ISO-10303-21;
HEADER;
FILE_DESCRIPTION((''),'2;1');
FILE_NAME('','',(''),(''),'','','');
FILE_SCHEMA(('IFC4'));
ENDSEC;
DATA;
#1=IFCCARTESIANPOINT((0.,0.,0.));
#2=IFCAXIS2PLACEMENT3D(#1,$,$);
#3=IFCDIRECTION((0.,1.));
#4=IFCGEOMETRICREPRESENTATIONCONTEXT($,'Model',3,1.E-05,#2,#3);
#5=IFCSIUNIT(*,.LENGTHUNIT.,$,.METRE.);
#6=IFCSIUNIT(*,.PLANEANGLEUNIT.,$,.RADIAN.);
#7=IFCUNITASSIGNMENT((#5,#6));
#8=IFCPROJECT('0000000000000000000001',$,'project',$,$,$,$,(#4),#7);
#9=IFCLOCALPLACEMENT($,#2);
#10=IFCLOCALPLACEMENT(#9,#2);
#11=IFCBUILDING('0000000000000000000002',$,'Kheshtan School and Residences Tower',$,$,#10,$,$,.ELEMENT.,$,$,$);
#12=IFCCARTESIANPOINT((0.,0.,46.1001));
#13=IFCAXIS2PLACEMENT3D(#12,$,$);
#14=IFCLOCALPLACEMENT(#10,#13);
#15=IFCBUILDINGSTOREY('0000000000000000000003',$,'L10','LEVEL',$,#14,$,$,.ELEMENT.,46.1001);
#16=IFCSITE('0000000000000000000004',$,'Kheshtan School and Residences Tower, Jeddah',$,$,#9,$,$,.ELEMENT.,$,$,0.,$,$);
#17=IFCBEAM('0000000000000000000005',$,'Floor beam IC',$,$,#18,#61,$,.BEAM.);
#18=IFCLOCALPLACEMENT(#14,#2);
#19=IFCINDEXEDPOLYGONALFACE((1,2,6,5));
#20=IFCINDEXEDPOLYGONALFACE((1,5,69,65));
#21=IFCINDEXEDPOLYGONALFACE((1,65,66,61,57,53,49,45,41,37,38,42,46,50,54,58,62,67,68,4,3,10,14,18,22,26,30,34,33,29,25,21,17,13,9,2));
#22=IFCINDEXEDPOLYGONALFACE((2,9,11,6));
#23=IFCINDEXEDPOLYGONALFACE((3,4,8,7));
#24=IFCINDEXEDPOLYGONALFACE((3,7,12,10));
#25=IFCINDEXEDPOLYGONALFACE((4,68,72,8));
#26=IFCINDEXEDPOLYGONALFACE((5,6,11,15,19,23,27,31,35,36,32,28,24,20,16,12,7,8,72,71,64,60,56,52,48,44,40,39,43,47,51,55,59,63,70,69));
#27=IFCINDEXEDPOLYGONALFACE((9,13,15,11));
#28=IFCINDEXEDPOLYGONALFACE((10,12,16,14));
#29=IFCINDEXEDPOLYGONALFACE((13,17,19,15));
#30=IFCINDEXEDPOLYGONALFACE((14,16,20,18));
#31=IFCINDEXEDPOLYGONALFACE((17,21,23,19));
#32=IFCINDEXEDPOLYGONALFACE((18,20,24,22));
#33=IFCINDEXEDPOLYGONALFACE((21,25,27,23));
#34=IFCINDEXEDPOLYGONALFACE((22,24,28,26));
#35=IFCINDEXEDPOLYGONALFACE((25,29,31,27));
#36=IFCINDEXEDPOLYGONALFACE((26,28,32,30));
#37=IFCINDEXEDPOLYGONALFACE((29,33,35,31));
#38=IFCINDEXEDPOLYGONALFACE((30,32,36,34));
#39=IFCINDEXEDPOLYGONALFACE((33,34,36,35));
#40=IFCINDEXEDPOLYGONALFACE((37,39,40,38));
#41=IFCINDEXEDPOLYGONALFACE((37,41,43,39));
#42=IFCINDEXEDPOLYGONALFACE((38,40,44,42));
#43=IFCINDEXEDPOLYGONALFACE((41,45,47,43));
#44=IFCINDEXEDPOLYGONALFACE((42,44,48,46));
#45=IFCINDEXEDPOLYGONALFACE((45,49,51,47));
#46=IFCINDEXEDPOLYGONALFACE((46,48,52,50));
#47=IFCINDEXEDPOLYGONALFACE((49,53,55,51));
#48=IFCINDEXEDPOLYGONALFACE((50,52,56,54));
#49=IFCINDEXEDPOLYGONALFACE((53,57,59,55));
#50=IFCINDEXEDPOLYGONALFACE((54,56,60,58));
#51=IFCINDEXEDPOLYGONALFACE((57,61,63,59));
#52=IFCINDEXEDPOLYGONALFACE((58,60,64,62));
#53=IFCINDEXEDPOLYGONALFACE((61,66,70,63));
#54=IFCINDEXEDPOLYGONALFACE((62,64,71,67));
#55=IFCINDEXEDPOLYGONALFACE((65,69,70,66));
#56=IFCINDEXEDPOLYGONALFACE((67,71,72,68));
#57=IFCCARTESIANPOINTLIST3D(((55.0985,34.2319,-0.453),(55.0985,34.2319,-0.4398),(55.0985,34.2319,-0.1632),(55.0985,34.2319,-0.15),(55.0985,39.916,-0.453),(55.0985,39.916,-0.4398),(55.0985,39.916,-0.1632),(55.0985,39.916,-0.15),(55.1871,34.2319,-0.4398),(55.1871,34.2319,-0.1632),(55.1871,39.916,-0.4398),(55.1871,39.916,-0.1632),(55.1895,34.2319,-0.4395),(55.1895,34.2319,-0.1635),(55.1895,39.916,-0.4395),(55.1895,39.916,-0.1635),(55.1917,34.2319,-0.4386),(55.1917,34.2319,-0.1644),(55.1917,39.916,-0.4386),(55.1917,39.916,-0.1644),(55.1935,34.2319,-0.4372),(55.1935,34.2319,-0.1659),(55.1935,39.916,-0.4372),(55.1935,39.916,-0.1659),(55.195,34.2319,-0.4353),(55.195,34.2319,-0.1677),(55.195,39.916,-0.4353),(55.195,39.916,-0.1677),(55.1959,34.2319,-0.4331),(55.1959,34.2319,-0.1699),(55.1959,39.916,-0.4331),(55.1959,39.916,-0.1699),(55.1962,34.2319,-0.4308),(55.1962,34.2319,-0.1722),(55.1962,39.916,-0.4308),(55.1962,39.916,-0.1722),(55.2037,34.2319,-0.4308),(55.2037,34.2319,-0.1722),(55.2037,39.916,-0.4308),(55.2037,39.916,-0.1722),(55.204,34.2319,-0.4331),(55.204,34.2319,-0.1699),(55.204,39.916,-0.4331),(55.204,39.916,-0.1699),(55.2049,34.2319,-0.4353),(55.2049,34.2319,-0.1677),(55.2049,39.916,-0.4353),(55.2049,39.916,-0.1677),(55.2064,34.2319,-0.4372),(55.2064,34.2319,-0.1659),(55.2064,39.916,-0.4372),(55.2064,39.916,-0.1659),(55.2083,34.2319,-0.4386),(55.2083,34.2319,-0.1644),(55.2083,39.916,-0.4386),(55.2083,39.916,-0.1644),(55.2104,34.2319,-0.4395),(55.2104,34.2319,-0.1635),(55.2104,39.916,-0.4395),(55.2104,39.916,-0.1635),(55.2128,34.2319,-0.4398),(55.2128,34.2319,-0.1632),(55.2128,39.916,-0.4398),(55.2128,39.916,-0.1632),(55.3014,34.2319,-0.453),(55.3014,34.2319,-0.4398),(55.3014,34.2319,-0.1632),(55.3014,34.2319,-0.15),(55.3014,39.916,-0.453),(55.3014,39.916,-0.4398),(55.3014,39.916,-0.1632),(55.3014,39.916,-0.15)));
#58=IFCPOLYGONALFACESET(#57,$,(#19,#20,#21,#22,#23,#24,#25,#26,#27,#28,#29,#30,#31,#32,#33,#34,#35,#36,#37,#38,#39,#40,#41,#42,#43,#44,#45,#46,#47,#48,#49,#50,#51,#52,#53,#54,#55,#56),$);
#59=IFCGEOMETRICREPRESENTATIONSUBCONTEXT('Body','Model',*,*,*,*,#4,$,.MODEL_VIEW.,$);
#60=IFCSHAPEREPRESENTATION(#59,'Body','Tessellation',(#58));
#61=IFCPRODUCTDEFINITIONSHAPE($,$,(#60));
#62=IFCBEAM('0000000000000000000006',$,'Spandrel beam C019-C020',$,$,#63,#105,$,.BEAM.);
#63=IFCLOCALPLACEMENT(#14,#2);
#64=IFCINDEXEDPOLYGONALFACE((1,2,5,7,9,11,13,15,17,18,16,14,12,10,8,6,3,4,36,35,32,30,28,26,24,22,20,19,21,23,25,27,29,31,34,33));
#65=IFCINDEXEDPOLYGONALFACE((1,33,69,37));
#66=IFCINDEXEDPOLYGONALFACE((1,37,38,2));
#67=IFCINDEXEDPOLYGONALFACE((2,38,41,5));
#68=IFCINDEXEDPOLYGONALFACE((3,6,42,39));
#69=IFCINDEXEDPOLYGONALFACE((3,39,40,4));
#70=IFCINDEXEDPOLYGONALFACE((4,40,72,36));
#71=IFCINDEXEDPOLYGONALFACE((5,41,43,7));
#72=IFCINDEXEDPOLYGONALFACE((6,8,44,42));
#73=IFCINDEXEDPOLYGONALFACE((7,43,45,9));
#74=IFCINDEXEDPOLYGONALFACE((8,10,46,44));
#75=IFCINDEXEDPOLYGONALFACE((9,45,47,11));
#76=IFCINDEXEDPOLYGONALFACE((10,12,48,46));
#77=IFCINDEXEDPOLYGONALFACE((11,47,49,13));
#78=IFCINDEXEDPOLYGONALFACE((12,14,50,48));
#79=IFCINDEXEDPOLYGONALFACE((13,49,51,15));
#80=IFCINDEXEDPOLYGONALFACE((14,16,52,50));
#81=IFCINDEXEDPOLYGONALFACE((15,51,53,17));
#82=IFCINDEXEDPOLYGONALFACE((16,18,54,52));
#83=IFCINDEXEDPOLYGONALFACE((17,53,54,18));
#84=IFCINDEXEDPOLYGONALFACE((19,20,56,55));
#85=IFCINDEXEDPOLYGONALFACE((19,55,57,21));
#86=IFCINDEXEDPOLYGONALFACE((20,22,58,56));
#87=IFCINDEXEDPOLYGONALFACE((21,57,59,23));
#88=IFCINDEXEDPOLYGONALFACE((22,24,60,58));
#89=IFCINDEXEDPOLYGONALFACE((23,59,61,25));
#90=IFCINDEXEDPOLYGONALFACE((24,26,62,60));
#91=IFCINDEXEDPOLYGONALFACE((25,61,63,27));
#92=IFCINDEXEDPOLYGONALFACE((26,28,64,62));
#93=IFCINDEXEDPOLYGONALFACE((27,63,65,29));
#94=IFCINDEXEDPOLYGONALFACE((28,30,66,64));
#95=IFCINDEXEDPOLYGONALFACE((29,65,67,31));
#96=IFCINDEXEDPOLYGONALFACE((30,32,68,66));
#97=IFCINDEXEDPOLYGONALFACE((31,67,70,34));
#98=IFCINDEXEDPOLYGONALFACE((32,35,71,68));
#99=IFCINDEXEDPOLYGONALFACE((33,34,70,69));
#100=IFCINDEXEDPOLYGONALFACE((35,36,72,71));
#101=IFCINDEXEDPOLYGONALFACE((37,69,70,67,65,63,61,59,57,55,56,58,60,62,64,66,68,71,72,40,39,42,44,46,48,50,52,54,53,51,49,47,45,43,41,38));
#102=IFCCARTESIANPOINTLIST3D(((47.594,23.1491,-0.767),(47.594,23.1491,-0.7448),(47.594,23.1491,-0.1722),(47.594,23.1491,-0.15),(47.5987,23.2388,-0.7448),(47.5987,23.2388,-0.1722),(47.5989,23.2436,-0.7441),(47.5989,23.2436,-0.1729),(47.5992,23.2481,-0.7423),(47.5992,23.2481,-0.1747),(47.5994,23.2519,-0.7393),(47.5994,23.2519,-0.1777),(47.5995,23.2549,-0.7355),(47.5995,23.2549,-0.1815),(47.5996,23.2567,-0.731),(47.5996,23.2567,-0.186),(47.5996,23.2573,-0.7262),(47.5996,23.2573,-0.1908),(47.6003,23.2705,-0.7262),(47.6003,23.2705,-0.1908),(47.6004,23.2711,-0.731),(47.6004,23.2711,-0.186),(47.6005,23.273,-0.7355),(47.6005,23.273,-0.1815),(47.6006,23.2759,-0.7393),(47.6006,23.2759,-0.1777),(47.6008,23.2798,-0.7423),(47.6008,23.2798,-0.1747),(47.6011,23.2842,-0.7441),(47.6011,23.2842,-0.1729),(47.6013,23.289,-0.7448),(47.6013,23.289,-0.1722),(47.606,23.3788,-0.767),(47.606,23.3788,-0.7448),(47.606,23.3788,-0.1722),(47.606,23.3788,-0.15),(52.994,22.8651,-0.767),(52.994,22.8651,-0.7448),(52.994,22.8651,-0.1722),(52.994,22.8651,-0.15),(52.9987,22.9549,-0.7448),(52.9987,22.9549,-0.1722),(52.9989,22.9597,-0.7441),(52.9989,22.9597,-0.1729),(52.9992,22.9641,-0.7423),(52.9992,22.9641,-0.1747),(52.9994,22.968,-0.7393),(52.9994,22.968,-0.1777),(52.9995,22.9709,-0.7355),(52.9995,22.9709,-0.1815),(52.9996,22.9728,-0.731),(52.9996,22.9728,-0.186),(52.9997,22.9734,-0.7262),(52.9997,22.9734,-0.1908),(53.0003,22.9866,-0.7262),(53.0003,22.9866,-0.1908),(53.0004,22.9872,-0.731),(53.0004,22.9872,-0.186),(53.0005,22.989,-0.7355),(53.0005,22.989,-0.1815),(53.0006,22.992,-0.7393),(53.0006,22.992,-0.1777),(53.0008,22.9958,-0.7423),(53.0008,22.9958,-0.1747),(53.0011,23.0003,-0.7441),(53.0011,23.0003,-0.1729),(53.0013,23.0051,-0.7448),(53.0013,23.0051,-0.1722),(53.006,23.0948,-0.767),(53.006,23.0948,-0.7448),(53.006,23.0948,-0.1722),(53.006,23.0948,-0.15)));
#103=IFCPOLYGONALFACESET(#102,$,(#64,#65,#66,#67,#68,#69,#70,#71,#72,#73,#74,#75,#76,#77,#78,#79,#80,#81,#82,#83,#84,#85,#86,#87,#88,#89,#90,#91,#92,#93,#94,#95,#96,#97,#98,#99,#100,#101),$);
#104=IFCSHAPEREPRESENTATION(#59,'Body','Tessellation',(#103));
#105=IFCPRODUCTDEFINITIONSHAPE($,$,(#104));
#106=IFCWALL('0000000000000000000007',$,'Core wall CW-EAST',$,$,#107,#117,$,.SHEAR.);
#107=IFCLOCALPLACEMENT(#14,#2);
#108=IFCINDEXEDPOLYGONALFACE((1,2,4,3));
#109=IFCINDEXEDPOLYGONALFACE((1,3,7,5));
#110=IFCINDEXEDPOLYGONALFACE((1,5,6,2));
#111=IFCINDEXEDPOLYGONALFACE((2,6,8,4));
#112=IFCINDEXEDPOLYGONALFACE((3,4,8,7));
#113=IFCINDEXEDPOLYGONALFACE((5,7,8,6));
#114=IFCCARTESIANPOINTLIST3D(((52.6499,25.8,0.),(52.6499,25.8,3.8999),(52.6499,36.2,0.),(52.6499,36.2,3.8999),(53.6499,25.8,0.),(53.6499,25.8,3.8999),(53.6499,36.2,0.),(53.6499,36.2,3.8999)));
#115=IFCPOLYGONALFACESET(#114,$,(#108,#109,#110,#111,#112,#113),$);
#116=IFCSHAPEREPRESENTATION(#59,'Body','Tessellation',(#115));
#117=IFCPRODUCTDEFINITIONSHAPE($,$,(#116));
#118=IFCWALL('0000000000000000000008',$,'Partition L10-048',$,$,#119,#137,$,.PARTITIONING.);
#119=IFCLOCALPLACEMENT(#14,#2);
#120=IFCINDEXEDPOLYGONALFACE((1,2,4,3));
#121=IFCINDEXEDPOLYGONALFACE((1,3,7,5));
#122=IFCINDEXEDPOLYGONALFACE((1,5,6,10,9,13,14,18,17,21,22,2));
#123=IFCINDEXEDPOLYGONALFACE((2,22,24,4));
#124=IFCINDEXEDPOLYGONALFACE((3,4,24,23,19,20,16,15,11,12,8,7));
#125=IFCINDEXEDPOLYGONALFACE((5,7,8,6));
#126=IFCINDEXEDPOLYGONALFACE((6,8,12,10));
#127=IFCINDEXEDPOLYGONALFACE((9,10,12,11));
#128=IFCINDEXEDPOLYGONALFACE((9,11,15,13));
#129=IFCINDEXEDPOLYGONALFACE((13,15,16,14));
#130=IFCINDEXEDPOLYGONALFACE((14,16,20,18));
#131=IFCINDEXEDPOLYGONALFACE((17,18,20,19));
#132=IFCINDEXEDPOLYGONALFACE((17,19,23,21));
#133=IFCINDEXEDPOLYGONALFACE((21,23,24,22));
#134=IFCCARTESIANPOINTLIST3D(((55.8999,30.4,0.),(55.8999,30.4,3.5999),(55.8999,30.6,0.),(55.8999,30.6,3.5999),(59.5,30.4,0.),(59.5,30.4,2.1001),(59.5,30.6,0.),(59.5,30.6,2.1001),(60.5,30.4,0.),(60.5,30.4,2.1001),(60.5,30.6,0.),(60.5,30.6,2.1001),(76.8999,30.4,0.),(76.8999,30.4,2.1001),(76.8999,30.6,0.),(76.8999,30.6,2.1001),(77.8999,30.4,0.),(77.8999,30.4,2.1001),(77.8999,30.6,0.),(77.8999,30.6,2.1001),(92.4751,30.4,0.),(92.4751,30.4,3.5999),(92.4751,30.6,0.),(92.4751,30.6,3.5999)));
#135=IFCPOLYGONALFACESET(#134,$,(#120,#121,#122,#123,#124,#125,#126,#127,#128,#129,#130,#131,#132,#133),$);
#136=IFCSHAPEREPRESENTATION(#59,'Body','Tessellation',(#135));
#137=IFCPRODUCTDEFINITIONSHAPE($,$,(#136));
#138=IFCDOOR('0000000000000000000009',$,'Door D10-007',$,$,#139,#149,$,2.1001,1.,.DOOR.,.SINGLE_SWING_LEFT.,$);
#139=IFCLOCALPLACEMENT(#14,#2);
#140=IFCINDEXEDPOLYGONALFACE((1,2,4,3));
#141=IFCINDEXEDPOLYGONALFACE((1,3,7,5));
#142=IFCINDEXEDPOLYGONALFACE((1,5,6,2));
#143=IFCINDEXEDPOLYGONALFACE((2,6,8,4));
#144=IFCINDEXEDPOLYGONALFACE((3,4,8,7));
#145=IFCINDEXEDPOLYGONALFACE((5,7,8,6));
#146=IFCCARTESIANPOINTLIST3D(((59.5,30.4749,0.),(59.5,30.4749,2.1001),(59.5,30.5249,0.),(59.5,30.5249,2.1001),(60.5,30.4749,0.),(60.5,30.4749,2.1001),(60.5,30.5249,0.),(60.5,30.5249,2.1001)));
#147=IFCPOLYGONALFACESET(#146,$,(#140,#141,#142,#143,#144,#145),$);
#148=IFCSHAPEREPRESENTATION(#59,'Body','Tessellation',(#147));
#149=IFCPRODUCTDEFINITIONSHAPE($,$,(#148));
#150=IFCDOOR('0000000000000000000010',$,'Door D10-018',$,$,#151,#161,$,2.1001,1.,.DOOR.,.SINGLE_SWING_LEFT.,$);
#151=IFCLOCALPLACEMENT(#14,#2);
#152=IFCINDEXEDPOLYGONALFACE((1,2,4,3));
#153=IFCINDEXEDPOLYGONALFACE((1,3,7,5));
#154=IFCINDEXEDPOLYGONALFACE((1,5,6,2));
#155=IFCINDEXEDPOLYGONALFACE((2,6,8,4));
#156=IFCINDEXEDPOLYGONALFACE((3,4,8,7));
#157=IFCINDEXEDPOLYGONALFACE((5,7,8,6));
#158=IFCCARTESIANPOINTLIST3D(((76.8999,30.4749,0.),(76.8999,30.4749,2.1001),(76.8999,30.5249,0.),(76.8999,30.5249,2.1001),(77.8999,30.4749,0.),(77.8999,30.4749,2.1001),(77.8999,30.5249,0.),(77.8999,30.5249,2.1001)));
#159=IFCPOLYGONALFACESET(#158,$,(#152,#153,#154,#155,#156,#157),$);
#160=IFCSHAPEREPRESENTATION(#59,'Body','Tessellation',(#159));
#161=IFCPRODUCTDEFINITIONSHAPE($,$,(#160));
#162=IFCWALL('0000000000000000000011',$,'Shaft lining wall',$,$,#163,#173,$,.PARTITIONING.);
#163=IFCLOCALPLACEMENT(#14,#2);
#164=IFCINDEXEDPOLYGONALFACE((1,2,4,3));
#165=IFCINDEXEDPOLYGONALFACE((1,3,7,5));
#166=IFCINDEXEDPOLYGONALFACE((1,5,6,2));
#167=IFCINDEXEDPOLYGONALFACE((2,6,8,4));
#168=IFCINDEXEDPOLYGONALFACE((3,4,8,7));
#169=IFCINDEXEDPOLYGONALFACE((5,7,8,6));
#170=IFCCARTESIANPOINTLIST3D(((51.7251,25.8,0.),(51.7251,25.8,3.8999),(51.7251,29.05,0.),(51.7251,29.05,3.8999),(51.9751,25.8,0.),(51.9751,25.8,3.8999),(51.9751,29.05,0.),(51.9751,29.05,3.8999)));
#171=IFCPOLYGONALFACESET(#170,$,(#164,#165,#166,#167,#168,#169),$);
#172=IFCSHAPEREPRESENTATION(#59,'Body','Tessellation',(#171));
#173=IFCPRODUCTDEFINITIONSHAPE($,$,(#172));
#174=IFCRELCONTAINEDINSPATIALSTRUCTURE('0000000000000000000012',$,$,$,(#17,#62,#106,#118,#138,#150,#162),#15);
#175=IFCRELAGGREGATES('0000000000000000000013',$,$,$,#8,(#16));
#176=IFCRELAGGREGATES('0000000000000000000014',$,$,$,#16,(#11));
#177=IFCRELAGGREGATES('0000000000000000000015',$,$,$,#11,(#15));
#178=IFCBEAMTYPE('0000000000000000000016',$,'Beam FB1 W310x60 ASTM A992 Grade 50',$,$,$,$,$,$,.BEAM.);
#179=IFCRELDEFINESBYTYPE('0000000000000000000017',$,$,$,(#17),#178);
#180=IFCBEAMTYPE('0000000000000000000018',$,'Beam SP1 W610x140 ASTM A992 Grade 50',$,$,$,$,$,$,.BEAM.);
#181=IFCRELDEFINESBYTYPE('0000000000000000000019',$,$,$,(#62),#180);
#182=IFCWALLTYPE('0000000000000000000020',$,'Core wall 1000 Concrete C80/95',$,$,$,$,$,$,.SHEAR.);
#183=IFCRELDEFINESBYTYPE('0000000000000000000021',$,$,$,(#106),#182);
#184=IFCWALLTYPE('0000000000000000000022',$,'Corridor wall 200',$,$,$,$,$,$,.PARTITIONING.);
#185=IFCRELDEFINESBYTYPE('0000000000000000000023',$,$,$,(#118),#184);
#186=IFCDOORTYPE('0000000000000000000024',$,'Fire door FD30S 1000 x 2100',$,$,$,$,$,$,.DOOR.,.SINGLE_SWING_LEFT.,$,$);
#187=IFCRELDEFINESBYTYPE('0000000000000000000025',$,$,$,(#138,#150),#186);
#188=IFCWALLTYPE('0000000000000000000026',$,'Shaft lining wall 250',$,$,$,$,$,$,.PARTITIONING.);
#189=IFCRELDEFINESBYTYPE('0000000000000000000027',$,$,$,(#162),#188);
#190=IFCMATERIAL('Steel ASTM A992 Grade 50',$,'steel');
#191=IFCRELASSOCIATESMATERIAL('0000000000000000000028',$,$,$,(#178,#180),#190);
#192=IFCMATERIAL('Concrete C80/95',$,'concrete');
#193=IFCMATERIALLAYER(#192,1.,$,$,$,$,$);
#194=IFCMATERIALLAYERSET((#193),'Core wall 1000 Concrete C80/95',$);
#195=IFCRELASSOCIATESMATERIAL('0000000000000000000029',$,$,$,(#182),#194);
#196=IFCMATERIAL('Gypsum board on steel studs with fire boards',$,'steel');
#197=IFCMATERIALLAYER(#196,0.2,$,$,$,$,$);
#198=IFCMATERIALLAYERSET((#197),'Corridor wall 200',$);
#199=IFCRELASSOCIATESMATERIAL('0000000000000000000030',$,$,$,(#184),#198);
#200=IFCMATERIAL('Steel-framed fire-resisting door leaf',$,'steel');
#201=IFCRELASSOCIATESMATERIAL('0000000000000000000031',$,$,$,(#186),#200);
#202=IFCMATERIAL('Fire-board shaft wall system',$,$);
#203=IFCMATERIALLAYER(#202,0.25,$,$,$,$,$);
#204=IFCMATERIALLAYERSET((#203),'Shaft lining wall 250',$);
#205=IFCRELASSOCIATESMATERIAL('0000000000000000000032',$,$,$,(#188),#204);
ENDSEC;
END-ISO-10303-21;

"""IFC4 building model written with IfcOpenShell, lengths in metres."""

from ifc_helpers import new_model, si_unit, direction, frame, frame_2d, origin, origin_2d, place, context, subcontext, project, spatial, rectangle, i_section, extrude, source, transform, mapped, material, layer, layer_set, material_profile, profile_set, type_object, element, fill, save


model = new_model("IFC4")

# Units and contexts
model_context = context("Model", 3, precision=1e-05, world=origin(), true_north=direction((0.0, 1.0)))
body_context = subcontext(model_context, "Body", "Model", "MODEL_VIEW")
ifc_project = project(units=[si_unit("LENGTHUNIT", "METRE"), si_unit("PLANEANGLEUNIT", "RADIAN")], contexts=[model_context])

# Site, building, storey
site_placement = place(None, origin())
site = spatial("IfcSite", under=ifc_project, at=site_placement, Name="Kheshtan School and Residences Tower, Jeddah", CompositionType="ELEMENT", RefElevation=0.0)
building_placement = place(site_placement, origin())
building = spatial("IfcBuilding", under=site, at=building_placement, Name="Kheshtan School and Residences Tower", CompositionType="ELEMENT")
storey_placement = place(building_placement, frame((0.0, 0.0, 46.1001)))
storey = spatial("IfcBuildingStorey", under=building, at=storey_placement, Name="L10", Description="LEVEL", CompositionType="ELEMENT", Elevation=46.1001)

# Shared definitions
ifc_material_1 = material(Name="Steel ASTM A992 Grade 50", Category="steel")

# Beams
ifc_material_profile_1 = material_profile(ifc_material_1, i_section(OverallWidth=0.2029, OverallDepth=0.303, WebThickness=0.0076, FlangeThickness=0.0132, FilletRadius=0.009, at=origin_2d()), Name="W310x60")
ifc_profile_set_1 = profile_set([ifc_material_profile_1], Name="Steel ASTM A992 Grade 50")
beam_type_1 = type_object("IfcBeamType", Name="Beam FB1 W310x60 ASTM A992 Grade 50", PredefinedType="BEAM", material=ifc_profile_set_1)
beam_1_placement = place(storey_placement, frame((55.2, 34.2319, -0.3015), z_axis=(0.0, 1.0, 0.0), x_axis=(-1.0, 0.0, 0.0)))
element("IfcBeam", 1, at=beam_1_placement, inside=storey, type_object=beam_type_1, Name="Floor beam IC", PredefinedType="BEAM", context=body_context, shape_type="SweptSolid", body=[
    extrude(i_section(OverallWidth=0.2029, OverallDepth=0.303, WebThickness=0.0076, FlangeThickness=0.0132, FilletRadius=0.009, at=origin_2d()), origin(), (0.0, 0.0, 1.0), 5.6841),
])
ifc_material_profile_2 = material_profile(ifc_material_1, i_section(OverallWidth=0.23, OverallDepth=0.6169, WebThickness=0.0132, FlangeThickness=0.0222, FilletRadius=0.0186, at=origin_2d()), Name="W610x140")
ifc_profile_set_2 = profile_set([ifc_material_profile_2], Name="Steel ASTM A992 Grade 50")
beam_type_2 = type_object("IfcBeamType", Name="Beam SP1 W610x140 ASTM A992 Grade 50", PredefinedType="BEAM", material=ifc_profile_set_2)
beam_2_placement = place(storey_placement, frame((53.0, 22.98, -0.4585), z_axis=(-0.99862, 0.052509, 0.0), x_axis=(-0.052509, -0.99862, 0.0)))
element("IfcBeam", 2, at=beam_2_placement, inside=storey, type_object=beam_type_2, Name="Spandrel beam C019-C020", PredefinedType="BEAM", context=body_context, shape_type="SweptSolid", body=[
    extrude(i_section(OverallWidth=0.23, OverallDepth=0.6169, WebThickness=0.0132, FlangeThickness=0.0222, FilletRadius=0.0186, at=origin_2d()), origin(), (0.0, 0.0, 1.0), 5.4075),
])

# Wall
ifc_material_2 = material(Name="Concrete C80/95", Category="concrete")
ifc_layer_1 = layer(ifc_material_2, 1.0)
ifc_layer_set_1 = layer_set([ifc_layer_1], Name="Core wall 1000 Concrete C80/95")
wall_type_1 = type_object("IfcWallType", Name="Core wall 1000 Concrete C80/95", PredefinedType="SHEAR", material=ifc_layer_set_1)
wall_1_placement = place(storey_placement, frame((53.1499, 25.8, 0.0), z_axis=(0.0, 0.0, 1.0), x_axis=(0.0, 1.0, 0.0)))
element("IfcWall", 3, at=wall_1_placement, inside=storey, type_object=wall_type_1, Name="Core wall CW-EAST", PredefinedType="SHEAR", context=body_context, shape_type="SweptSolid", body=[
    extrude(rectangle(XDim=10.3999, YDim=1.0, at=frame_2d((5.2, 0.0))), origin(), (0.0, 0.0, 1.0), 3.8999),
])

# Wall, openings, doors
ifc_material_3 = material(Name="Gypsum board on steel studs with fire boards", Category="steel")
ifc_layer_2 = layer(ifc_material_3, 0.2)
ifc_layer_set_2 = layer_set([ifc_layer_2], Name="Corridor wall 200")
wall_type_2 = type_object("IfcWallType", Name="Corridor wall 200", PredefinedType="PARTITIONING", material=ifc_layer_set_2)
wall_2_placement = place(storey_placement, frame((55.8999, 30.5, 0.0), z_axis=(0.0, 0.0, 1.0), x_axis=(1.0, 0.0, 0.0)))
wall_2 = element("IfcWall", 4, at=wall_2_placement, inside=storey, type_object=wall_type_2, Name="Partition L10-048", PredefinedType="PARTITIONING", context=body_context, shape_type="SweptSolid", body=[
    extrude(rectangle(XDim=36.5752, YDim=0.2, at=frame_2d((18.2876, 0.0))), origin(), (0.0, 0.0, 1.0), 3.5999),
])
opening_1_placement = place(wall_2_placement, frame((3.6001, 0.0, 0.0)))
opening_1 = element("IfcOpeningElement", 5, at=opening_1_placement, cuts=wall_2, PredefinedType="OPENING", context=body_context, shape_type="SweptSolid", body=[
    extrude(rectangle(XDim=1.0, YDim=2.1001, at=frame_2d((0.5, 1.05))), frame((0.0, 0.1099, 0.0), z_axis=(0.0, -1.0, 0.0), x_axis=(1.0, 0.0, 0.0)), (0.0, 0.0, 1.0), 0.22),
])
opening_2_placement = place(wall_2_placement, frame((21.0, 0.0, 0.0)))
opening_2 = element("IfcOpeningElement", 6, at=opening_2_placement, cuts=wall_2, PredefinedType="OPENING", context=body_context, shape_type="SweptSolid", body=[
    extrude(rectangle(XDim=1.0, YDim=2.1001, at=frame_2d((0.5, 1.05))), frame((0.0, 0.1099, 0.0), z_axis=(0.0, -1.0, 0.0), x_axis=(1.0, 0.0, 0.0)), (0.0, 0.0, 1.0), 0.22),
])
ifc_material_4 = material(Name="Steel-framed fire-resisting door leaf", Category="steel")
door_type_1 = type_object("IfcDoorType", Name="Fire door FD30S 1000 x 2100", OperationType="SINGLE_SWING_LEFT", PredefinedType="DOOR", material=ifc_material_4)
shared_shape_1 = source(origin(), body_context, "Body", "SweptSolid", [
    extrude(rectangle(XDim=1.0, YDim=2.1001, at=frame_2d((0.5, 1.05))), frame((0.0, 0.0249, 0.0), z_axis=(0.0, -1.0, 0.0), x_axis=(1.0, 0.0, 0.0)), (0.0, 0.0, 1.0), 0.05),
])
door_1_placement = place(opening_1_placement, origin())
door_1 = element("IfcDoor", 7, at=door_1_placement, inside=storey, type_object=door_type_1, Name="Door D10-007", OperationType="SINGLE_SWING_LEFT", OverallHeight=2.1001, OverallWidth=1.0, PredefinedType="DOOR", context=body_context, shape_type="MappedRepresentation", body=[
    mapped(shared_shape_1, transform((0.0, 0.0, 0.0), x_axis=(1.0, 0.0, 0.0), y_axis=(0.0, 1.0, 0.0), z_axis=(0.0, 0.0, 1.0), scale=1.0)),
])
fill(opening_1, door_1)
door_2_placement = place(opening_2_placement, origin())
door_2 = element("IfcDoor", 8, at=door_2_placement, inside=storey, type_object=door_type_1, Name="Door D10-018", OperationType="SINGLE_SWING_LEFT", OverallHeight=2.1001, OverallWidth=1.0, PredefinedType="DOOR", context=body_context, shape_type="MappedRepresentation", body=[
    mapped(shared_shape_1, transform((0.0, 0.0, 0.0), x_axis=(1.0, 0.0, 0.0), y_axis=(0.0, 1.0, 0.0), z_axis=(0.0, 0.0, 1.0), scale=1.0)),
])
fill(opening_2, door_2)

# Wall
ifc_material_5 = material(Name="Fire-board shaft wall system")
ifc_layer_3 = layer(ifc_material_5, 0.25)
ifc_layer_set_3 = layer_set([ifc_layer_3], Name="Shaft lining wall 250")
wall_type_3 = type_object("IfcWallType", Name="Shaft lining wall 250", PredefinedType="PARTITIONING", material=ifc_layer_set_3)
wall_3_placement = place(storey_placement, frame((51.8501, 25.8, 0.0), z_axis=(0.0, 0.0, 1.0), x_axis=(0.0, 1.0, 0.0)))
element("IfcWall", 9, at=wall_3_placement, inside=storey, type_object=wall_type_3, Name="Shaft lining wall", PredefinedType="PARTITIONING", context=body_context, shape_type="SweptSolid", body=[
    extrude(rectangle(XDim=3.25, YDim=0.25, at=frame_2d((1.625, 0.0))), origin(), (0.0, 0.0, 1.0), 3.8999),
])

save(model, "model.ifc")
